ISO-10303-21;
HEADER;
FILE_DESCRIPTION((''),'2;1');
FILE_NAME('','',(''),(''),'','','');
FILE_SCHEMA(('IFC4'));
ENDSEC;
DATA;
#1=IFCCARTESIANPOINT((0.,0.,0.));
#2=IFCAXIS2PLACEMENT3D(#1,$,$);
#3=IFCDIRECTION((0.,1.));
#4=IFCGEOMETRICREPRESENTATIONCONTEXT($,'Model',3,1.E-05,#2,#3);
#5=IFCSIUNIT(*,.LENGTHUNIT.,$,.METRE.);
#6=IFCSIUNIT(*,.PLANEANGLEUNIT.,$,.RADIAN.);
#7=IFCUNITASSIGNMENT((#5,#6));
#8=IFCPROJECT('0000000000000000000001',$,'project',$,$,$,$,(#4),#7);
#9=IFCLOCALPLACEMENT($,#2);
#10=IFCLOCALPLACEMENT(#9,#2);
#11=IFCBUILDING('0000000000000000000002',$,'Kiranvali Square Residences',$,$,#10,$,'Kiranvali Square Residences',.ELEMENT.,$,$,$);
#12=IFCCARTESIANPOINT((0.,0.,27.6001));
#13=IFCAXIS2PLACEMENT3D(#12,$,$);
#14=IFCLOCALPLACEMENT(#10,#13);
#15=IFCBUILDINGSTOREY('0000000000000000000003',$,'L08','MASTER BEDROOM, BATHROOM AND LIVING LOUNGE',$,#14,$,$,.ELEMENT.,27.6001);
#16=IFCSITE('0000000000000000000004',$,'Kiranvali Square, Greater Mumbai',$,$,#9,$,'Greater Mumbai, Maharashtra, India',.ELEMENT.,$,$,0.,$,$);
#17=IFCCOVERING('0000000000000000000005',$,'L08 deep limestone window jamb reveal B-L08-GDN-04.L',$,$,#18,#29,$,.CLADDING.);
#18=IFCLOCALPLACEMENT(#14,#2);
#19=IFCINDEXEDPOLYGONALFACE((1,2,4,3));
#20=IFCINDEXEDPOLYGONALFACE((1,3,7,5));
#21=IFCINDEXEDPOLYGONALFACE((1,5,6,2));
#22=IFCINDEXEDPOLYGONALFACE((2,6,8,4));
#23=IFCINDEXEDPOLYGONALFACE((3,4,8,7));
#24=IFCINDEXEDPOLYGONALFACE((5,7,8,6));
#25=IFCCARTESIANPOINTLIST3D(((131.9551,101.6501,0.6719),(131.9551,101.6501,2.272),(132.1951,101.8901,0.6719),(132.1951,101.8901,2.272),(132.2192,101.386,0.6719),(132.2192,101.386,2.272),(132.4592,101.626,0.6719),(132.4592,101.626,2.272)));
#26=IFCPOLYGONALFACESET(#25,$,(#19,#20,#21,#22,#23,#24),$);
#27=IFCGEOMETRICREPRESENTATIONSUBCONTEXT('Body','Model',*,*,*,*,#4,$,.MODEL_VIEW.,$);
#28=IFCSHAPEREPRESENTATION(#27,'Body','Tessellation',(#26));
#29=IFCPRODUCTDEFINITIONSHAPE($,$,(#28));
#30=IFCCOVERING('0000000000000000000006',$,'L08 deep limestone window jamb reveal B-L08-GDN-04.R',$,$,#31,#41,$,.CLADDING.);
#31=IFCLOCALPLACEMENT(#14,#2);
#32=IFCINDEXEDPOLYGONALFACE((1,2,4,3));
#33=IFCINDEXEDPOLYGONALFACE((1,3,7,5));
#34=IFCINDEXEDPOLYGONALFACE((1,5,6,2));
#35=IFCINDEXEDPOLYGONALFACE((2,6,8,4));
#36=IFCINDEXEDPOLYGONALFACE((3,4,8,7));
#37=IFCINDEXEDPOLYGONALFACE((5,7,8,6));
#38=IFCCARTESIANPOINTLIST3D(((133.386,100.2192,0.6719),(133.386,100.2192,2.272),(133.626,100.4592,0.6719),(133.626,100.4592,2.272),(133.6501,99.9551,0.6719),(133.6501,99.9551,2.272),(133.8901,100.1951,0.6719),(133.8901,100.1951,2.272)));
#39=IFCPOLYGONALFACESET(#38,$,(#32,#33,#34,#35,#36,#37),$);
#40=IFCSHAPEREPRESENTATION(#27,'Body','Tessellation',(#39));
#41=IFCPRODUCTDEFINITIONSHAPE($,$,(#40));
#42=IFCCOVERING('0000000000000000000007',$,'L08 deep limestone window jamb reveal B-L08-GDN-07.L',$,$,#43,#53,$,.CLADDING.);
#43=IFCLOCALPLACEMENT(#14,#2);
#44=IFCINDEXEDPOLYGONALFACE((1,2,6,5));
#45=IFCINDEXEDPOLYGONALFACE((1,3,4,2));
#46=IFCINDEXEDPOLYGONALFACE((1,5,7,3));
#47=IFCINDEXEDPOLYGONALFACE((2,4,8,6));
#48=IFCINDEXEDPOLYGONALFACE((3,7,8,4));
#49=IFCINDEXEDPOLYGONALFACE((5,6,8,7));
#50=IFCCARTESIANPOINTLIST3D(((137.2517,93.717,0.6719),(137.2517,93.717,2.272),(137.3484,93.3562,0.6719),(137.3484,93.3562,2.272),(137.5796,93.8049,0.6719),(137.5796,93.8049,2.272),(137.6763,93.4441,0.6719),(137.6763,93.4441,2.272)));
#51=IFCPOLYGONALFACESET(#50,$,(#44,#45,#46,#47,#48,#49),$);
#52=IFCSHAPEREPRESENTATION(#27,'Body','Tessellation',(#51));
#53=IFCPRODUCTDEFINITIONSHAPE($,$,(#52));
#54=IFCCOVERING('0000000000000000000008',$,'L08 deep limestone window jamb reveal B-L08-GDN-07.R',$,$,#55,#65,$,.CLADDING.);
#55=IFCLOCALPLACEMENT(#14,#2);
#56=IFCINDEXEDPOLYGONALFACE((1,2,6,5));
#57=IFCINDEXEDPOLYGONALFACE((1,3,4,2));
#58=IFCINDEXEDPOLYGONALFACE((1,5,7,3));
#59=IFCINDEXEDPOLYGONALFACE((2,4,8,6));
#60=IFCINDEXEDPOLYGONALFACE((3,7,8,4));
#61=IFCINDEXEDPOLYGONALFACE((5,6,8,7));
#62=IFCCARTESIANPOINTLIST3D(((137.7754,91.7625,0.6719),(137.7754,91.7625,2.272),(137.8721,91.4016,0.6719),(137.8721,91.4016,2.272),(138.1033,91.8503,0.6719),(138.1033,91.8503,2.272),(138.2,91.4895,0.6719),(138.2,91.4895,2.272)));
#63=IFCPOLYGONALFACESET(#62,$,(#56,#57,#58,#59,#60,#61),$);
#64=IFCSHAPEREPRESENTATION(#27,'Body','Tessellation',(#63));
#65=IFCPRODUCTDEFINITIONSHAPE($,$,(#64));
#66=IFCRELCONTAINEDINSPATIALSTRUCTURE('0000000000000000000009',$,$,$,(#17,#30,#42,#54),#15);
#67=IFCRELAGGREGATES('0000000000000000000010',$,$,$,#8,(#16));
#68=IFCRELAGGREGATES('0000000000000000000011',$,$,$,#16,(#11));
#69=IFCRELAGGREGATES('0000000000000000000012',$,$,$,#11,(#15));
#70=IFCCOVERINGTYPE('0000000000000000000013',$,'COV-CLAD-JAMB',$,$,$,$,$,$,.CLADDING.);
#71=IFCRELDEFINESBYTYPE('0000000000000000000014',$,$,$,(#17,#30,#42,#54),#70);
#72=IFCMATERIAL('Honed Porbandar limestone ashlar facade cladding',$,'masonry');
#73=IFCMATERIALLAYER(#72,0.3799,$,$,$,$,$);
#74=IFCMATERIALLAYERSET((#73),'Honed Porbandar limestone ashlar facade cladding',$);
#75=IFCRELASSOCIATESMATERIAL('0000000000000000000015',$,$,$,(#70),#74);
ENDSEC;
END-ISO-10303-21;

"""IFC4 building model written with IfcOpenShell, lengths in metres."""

from ifc_helpers import new_model, si_unit, direction, frame, origin, place, context, subcontext, project, spatial, polyline, outline, extrude, material, layer, layer_set, type_object, element, save


model = new_model("IFC4")

# Units and contexts
model_context = context("Model", 3, precision=1e-05, world=origin(), true_north=direction((0.0, 1.0)))
body_context = subcontext(model_context, "Body", "Model", "MODEL_VIEW")
ifc_project = project(units=[si_unit("LENGTHUNIT", "METRE"), si_unit("PLANEANGLEUNIT", "RADIAN")], contexts=[model_context])

# Site, building, storey
site_placement = place(None, origin())
site = spatial("IfcSite", under=ifc_project, at=site_placement, Name="Kiranvali Square, Greater Mumbai", LongName="Greater Mumbai, Maharashtra, India", CompositionType="ELEMENT", RefElevation=0.0)
building_placement = place(site_placement, origin())
building = spatial("IfcBuilding", under=site, at=building_placement, Name="Kiranvali Square Residences", LongName="Kiranvali Square Residences", CompositionType="ELEMENT")
storey_placement = place(building_placement, frame((0.0, 0.0, 27.6001)))
storey = spatial("IfcBuildingStorey", under=building, at=storey_placement, Name="L08", Description="MASTER BEDROOM, BATHROOM AND LIVING LOUNGE", CompositionType="ELEMENT", Elevation=27.6001)

# Coverings
ifc_material = material(Name="Honed Porbandar limestone ashlar facade cladding", Category="masonry")
ifc_layer = layer(ifc_material, 0.3799)
ifc_layer_set = layer_set([ifc_layer], Name="Honed Porbandar limestone ashlar facade cladding")
covering_type = type_object("IfcCoveringType", Name="COV-CLAD-JAMB", PredefinedType="CLADDING", material=ifc_layer_set)
covering_1_placement = place(storey_placement, frame((0.0, 0.0, 0.6719)))
element("IfcCovering", 1, at=covering_1_placement, inside=storey, type_object=covering_type, Name="L08 deep limestone window jamb reveal B-L08-GDN-04.L", PredefinedType="CLADDING", context=body_context, shape_type="SweptSolid", body=[
    extrude(outline(polyline([(131.9551, 101.6501), (132.2192, 101.386), (132.4592, 101.626), (132.1951, 101.8901), (131.9551, 101.6501)])), origin(), (0.0, 0.0, 1.0), 1.6001),
])
covering_2_placement = place(storey_placement, frame((0.0, 0.0, 0.6719)))
element("IfcCovering", 2, at=covering_2_placement, inside=storey, type_object=covering_type, Name="L08 deep limestone window jamb reveal B-L08-GDN-04.R", PredefinedType="CLADDING", context=body_context, shape_type="SweptSolid", body=[
    extrude(outline(polyline([(133.386, 100.2192), (133.6501, 99.9551), (133.8901, 100.1951), (133.626, 100.4592), (133.386, 100.2192)])), origin(), (0.0, 0.0, 1.0), 1.6001),
])
covering_3_placement = place(storey_placement, frame((0.0, 0.0, 0.6719)))
element("IfcCovering", 3, at=covering_3_placement, inside=storey, type_object=covering_type, Name="L08 deep limestone window jamb reveal B-L08-GDN-07.L", PredefinedType="CLADDING", context=body_context, shape_type="SweptSolid", body=[
    extrude(outline(polyline([(137.2517, 93.717), (137.3484, 93.3562), (137.6763, 93.4441), (137.5796, 93.8049), (137.2517, 93.717)])), origin(), (0.0, 0.0, 1.0), 1.6001),
])
covering_4_placement = place(storey_placement, frame((0.0, 0.0, 0.6719)))
element("IfcCovering", 4, at=covering_4_placement, inside=storey, type_object=covering_type, Name="L08 deep limestone window jamb reveal B-L08-GDN-07.R", PredefinedType="CLADDING", context=body_context, shape_type="SweptSolid", body=[
    extrude(outline(polyline([(137.7754, 91.7625), (137.8721, 91.4016), (138.2, 91.4895), (138.1033, 91.8503), (137.7754, 91.7625)])), origin(), (0.0, 0.0, 1.0), 1.6001),
])

save(model, "model.ifc")
